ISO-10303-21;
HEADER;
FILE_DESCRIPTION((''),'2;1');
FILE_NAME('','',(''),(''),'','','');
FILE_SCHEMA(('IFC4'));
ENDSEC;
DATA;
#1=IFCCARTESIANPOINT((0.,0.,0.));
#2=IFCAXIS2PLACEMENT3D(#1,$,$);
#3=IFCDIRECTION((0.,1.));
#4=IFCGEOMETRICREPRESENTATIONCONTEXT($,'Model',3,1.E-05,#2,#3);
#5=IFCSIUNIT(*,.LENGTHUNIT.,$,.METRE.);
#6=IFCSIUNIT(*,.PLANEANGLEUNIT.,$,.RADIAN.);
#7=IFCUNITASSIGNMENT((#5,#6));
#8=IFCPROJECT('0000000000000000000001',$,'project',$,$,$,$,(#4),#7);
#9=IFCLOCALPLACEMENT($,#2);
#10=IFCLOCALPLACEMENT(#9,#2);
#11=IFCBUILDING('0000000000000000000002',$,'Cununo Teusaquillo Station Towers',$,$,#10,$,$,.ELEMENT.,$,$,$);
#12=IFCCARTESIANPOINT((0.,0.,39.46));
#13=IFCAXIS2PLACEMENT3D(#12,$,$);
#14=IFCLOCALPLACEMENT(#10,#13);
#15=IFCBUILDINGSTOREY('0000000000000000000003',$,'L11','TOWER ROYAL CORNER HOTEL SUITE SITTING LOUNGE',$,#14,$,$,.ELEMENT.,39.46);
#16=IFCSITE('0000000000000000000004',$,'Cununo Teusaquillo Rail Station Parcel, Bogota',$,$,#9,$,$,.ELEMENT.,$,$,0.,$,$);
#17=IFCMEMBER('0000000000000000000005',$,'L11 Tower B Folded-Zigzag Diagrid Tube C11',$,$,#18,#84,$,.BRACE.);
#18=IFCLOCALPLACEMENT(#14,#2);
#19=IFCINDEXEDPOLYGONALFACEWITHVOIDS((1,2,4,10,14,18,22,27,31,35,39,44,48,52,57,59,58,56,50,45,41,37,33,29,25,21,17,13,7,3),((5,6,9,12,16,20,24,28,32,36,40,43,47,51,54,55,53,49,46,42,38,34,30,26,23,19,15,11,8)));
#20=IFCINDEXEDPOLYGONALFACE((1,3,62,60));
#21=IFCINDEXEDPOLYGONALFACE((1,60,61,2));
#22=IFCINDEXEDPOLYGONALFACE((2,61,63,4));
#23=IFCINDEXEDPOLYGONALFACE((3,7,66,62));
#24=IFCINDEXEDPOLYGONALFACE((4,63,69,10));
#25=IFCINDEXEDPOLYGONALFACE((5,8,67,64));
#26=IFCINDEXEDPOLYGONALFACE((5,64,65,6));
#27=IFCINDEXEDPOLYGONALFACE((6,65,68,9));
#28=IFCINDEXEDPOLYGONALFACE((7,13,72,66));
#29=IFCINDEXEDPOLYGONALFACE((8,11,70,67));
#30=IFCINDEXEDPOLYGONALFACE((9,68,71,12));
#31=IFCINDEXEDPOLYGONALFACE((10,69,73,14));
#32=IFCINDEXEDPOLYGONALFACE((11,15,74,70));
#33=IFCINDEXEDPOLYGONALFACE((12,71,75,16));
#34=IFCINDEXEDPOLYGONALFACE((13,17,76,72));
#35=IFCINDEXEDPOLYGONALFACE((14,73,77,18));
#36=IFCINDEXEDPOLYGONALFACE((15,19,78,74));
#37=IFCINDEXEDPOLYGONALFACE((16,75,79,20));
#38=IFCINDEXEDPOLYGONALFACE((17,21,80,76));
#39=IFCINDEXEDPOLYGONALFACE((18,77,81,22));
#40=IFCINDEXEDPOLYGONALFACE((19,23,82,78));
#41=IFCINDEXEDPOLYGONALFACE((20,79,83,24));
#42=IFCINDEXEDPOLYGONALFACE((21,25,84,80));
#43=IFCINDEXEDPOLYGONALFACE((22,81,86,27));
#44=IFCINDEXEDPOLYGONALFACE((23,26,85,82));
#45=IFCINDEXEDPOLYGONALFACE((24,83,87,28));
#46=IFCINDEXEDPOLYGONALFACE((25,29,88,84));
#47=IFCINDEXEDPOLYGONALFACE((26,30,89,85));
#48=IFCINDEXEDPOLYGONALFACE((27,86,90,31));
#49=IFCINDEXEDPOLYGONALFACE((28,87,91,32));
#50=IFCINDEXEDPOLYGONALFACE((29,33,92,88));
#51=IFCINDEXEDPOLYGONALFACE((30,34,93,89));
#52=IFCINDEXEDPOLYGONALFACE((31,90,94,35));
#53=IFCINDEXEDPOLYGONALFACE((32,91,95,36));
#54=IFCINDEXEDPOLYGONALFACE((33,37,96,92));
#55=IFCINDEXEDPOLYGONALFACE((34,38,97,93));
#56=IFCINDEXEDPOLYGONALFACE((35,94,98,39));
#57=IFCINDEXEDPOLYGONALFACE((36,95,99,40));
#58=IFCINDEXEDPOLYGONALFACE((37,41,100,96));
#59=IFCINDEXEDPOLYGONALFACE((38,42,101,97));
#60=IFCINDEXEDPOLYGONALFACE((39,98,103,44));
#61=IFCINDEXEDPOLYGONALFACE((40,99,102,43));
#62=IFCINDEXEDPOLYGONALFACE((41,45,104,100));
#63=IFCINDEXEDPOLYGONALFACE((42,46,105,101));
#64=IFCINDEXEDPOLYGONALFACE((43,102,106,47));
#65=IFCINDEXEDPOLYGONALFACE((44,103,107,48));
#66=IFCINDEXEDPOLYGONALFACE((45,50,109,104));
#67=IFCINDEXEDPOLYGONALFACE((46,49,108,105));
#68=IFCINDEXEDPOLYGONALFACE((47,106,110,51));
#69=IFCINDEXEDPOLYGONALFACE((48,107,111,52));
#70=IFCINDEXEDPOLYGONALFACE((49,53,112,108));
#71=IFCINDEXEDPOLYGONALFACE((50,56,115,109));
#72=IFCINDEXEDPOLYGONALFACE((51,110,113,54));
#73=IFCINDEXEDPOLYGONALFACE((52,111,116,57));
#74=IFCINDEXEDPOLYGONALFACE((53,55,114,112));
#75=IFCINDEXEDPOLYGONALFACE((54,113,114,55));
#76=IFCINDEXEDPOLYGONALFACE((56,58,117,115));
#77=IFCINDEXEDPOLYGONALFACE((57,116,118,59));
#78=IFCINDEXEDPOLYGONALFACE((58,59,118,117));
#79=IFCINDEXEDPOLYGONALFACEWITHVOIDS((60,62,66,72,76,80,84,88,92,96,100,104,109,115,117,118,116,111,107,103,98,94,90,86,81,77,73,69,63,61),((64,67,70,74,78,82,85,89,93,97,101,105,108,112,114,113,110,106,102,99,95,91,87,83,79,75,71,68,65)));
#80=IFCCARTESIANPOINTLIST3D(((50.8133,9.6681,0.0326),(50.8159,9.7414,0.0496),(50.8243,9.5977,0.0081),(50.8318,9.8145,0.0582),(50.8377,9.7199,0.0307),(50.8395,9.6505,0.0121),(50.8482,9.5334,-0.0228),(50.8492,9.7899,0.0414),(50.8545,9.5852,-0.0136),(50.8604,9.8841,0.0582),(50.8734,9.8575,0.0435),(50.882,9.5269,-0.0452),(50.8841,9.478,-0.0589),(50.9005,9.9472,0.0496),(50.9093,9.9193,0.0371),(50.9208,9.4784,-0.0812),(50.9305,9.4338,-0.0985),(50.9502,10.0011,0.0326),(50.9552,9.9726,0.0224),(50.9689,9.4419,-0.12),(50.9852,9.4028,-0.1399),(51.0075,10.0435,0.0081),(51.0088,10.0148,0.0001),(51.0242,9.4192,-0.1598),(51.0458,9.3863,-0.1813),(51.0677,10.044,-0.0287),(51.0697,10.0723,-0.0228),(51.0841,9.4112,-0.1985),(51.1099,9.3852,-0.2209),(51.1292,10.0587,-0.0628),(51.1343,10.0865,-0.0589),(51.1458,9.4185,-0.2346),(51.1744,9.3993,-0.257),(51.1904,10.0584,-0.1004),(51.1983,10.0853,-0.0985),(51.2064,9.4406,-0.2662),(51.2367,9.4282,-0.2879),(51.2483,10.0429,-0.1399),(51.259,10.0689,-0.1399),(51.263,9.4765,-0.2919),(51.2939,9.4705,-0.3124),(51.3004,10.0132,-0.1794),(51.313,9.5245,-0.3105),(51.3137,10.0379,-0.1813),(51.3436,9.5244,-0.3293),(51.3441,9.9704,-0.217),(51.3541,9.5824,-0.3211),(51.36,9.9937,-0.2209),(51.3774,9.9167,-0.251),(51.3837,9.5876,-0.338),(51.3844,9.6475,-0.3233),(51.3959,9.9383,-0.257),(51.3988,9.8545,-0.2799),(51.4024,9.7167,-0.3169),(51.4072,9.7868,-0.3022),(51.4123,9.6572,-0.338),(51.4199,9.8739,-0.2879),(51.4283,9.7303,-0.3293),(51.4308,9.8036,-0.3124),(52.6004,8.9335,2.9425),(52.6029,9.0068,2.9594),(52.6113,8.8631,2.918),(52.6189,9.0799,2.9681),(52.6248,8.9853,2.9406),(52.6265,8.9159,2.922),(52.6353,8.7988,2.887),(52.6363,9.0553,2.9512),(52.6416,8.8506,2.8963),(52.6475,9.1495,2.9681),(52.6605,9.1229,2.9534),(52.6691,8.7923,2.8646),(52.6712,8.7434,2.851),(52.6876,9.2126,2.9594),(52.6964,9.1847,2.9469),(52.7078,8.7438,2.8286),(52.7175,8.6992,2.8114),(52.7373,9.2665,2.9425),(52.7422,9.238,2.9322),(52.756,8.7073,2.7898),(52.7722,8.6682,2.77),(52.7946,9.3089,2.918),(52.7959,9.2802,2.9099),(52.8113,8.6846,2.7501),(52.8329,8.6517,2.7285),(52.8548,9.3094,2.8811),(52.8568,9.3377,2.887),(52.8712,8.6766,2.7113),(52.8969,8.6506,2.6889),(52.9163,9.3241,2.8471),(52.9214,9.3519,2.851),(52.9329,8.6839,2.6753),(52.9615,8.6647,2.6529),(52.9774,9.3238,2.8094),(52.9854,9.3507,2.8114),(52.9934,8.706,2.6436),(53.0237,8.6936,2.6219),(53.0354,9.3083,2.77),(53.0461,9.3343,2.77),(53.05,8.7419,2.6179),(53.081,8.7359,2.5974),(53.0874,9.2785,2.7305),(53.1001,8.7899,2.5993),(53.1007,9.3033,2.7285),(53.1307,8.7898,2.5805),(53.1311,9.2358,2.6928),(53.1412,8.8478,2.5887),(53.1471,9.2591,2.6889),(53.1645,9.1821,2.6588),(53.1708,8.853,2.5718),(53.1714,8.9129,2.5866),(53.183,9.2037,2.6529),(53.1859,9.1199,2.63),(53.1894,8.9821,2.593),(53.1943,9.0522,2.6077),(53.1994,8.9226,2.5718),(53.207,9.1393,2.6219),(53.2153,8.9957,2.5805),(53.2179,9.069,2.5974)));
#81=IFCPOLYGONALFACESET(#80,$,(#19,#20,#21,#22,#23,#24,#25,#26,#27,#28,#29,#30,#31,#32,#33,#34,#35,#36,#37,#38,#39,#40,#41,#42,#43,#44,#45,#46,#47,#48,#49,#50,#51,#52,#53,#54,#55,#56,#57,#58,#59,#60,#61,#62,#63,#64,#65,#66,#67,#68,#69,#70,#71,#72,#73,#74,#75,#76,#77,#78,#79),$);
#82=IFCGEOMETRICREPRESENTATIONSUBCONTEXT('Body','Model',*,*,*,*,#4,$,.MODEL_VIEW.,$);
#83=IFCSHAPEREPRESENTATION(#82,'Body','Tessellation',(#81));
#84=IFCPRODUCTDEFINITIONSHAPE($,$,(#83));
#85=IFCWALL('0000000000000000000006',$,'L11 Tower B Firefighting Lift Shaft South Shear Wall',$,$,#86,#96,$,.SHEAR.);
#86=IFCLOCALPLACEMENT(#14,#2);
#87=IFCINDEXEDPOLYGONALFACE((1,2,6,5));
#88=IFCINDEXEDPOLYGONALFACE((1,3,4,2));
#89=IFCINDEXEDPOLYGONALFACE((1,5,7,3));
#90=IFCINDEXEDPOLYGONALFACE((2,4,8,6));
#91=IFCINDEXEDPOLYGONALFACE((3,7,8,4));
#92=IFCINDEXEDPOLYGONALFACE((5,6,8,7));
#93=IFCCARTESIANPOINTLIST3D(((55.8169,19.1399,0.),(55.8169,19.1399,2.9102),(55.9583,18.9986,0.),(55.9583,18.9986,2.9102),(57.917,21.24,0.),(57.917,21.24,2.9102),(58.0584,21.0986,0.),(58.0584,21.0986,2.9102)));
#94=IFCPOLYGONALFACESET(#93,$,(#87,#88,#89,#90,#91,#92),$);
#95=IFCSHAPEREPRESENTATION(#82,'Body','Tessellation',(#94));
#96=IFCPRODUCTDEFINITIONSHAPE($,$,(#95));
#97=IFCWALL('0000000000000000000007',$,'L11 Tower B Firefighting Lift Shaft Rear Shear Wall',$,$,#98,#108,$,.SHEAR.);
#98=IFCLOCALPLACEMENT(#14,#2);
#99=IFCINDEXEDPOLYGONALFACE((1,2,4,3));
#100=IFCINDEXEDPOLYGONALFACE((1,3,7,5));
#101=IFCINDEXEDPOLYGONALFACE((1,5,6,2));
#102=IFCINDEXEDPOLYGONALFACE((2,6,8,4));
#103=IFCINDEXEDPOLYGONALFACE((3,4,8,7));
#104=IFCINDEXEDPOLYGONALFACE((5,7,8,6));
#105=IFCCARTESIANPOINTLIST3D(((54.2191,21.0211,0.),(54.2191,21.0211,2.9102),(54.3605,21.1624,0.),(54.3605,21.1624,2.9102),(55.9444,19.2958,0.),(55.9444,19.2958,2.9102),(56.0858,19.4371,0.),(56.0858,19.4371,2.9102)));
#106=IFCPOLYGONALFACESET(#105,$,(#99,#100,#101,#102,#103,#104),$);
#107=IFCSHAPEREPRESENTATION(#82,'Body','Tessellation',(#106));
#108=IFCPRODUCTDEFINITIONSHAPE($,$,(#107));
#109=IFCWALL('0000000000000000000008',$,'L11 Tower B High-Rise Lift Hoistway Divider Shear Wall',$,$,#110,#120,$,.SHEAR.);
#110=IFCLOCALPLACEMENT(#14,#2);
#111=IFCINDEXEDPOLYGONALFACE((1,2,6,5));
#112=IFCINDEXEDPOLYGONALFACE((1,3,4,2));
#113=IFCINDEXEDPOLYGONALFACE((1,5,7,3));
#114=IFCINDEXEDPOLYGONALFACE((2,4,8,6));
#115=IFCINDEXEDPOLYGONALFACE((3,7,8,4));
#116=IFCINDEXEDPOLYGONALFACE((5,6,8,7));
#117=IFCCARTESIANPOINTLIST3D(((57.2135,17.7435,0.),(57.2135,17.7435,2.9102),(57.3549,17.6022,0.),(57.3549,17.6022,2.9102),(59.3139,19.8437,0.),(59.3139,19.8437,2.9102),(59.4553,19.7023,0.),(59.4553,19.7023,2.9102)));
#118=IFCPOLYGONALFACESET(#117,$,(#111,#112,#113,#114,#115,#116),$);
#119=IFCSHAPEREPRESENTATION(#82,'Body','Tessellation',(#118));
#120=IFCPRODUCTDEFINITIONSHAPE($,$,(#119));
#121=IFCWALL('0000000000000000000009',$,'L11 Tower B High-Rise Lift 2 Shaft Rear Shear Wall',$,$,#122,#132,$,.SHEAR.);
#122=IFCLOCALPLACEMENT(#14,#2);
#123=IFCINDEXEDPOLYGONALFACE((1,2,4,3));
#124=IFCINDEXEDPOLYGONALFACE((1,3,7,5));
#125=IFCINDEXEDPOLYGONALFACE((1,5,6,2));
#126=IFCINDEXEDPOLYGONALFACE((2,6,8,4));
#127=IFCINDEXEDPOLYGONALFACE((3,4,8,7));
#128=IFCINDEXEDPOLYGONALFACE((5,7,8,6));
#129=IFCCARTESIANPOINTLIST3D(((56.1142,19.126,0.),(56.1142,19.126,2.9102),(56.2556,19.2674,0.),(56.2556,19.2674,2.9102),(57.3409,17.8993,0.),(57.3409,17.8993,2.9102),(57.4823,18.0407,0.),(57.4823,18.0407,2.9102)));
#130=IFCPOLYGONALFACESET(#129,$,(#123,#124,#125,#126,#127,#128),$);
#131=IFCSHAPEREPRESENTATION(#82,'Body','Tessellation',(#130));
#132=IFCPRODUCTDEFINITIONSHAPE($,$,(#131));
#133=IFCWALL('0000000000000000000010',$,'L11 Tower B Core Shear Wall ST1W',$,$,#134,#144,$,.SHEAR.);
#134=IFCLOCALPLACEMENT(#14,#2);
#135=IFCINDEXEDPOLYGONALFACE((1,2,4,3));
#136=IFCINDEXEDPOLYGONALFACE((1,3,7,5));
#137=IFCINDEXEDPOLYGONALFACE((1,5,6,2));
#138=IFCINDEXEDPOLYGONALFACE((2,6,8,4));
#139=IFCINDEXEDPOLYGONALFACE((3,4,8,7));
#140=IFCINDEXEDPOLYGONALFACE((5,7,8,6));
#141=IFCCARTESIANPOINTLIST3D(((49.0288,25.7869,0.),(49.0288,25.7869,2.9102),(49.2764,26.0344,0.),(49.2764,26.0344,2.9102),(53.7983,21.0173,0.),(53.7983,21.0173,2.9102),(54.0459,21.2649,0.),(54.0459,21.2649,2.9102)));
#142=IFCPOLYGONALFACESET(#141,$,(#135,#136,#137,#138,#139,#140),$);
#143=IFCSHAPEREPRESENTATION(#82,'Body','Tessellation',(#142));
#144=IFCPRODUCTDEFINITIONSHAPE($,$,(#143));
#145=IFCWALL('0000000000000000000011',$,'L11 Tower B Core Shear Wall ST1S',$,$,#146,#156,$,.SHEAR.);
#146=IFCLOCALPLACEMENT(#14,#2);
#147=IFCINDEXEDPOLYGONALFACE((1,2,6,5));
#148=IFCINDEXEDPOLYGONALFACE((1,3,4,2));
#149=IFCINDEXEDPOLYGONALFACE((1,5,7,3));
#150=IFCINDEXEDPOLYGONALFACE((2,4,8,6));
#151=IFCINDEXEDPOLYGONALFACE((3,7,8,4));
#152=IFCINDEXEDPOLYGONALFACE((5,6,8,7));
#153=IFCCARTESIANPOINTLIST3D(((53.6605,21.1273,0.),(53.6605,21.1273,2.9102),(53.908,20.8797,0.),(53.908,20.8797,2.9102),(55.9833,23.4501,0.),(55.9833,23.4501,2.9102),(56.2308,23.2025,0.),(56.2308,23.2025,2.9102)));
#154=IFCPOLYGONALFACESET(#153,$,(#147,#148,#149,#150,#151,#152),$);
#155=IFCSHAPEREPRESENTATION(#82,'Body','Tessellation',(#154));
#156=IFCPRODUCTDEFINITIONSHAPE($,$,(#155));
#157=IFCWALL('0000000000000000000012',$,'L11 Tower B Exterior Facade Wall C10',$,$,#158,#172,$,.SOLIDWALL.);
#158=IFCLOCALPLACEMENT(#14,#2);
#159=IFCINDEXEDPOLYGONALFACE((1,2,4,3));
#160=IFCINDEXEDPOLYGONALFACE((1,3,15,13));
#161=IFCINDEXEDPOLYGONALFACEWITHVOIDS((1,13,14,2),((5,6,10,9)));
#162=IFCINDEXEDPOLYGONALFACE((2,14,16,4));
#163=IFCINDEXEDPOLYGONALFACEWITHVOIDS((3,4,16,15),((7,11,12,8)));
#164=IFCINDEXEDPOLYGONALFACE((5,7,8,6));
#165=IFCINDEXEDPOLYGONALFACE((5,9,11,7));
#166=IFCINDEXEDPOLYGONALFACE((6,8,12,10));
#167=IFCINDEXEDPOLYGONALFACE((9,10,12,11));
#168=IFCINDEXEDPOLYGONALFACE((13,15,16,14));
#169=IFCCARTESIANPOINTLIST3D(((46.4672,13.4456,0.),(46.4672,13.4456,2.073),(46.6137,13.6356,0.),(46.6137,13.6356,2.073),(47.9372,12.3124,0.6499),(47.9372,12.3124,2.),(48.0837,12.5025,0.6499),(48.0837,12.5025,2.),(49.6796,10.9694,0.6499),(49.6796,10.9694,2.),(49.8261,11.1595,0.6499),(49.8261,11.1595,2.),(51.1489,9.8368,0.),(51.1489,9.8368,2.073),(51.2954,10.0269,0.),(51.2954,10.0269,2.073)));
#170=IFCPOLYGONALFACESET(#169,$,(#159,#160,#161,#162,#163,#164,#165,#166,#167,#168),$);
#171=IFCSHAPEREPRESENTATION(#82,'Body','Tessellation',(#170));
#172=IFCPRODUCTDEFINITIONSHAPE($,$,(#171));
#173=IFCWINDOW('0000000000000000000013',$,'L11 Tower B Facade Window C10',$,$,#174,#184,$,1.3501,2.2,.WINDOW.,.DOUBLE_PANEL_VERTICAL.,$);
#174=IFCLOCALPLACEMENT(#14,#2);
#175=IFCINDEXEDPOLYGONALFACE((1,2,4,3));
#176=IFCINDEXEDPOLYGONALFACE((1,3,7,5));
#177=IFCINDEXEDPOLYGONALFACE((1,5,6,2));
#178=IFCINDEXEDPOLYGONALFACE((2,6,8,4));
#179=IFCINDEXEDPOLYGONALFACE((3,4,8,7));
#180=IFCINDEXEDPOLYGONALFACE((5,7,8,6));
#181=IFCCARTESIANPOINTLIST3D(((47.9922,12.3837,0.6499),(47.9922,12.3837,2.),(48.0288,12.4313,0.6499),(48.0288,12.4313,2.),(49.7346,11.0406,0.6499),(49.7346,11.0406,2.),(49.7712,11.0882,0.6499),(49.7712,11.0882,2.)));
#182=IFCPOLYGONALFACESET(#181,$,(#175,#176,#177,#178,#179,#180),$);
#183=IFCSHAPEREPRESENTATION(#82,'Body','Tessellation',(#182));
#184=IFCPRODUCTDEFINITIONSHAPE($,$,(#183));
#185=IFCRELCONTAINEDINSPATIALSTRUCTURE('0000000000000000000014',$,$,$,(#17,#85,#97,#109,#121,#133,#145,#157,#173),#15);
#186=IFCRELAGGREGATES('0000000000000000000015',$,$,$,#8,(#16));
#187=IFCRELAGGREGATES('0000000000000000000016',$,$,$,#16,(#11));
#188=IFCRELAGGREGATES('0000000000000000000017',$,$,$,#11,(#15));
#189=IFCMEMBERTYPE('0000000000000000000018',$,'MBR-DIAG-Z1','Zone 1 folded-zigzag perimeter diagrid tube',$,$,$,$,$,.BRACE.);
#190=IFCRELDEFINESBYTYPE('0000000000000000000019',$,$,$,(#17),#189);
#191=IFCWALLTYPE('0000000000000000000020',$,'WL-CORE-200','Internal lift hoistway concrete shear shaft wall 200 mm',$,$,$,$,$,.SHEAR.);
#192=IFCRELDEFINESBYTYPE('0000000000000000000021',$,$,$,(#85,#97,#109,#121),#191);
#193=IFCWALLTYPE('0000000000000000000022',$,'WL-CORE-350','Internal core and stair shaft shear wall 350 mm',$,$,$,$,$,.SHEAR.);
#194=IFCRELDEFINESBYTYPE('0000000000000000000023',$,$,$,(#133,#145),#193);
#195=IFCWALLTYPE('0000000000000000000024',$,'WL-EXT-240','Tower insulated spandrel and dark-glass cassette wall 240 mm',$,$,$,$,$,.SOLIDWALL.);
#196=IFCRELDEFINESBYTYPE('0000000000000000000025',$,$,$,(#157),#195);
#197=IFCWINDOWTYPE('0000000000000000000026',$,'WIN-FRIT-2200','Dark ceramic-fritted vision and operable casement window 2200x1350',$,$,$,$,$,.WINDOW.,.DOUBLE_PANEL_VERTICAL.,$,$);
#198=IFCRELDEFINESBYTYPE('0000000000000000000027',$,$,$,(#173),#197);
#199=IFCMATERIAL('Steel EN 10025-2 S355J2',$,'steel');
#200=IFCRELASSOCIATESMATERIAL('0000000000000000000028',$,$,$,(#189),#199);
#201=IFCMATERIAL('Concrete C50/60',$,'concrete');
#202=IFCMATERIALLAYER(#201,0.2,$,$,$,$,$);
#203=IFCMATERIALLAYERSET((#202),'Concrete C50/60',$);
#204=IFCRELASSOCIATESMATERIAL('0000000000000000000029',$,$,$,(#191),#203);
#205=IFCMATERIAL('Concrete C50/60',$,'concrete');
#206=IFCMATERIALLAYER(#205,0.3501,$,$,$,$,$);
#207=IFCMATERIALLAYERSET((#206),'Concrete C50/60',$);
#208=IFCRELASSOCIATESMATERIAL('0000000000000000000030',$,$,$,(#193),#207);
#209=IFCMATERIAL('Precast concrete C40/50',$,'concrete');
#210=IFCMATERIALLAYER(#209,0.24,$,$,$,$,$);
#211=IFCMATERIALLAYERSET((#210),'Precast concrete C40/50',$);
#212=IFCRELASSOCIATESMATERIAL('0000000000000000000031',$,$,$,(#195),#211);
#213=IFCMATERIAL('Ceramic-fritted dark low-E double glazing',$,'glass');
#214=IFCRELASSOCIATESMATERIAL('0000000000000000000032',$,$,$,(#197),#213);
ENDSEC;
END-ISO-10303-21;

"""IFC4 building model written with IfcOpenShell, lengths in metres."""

from ifc_helpers import new_model, si_unit, direction, frame, frame_2d, origin, origin_2d, place, context, subcontext, project, spatial, rectangle, hollow_circle, extrude, source, transform, mapped, material, layer, layer_set, material_profile, profile_set, type_object, element, fill, save


model = new_model("IFC4")

# Units and contexts
model_context = context("Model", 3, precision=1e-05, world=origin(), true_north=direction((0.0, 1.0)))
body_context = subcontext(model_context, "Body", "Model", "MODEL_VIEW")
ifc_project = project(units=[si_unit("LENGTHUNIT", "METRE"), si_unit("PLANEANGLEUNIT", "RADIAN")], contexts=[model_context])

# Site, building, storey
site_placement = place(None, origin())
site = spatial("IfcSite", under=ifc_project, at=site_placement, Name="Cununo Teusaquillo Rail Station Parcel, Bogota", CompositionType="ELEMENT", RefElevation=0.0)
building_placement = place(site_placement, origin())
building = spatial("IfcBuilding", under=site, at=building_placement, Name="Cununo Teusaquillo Station Towers", CompositionType="ELEMENT")
storey_placement = place(building_placement, frame((0.0, 0.0, 39.46)))
storey = spatial("IfcBuildingStorey", under=building, at=storey_placement, Name="L11", Description="TOWER ROYAL CORNER HOTEL SUITE SITTING LOUNGE", CompositionType="ELEMENT", Elevation=39.46)

# Member
ifc_material_1 = material(Name="Steel EN 10025-2 S355J2", Category="steel")
ifc_material_profile_1 = material_profile(ifc_material_1, hollow_circle(Radius=0.3601, WallThickness=0.0281, at=origin_2d()), Name="CHS 720x28")
ifc_profile_set_1 = profile_set([ifc_material_profile_1], Name="Steel EN 10025-2 S355J2")
member_type = type_object("IfcMemberType", Name="MBR-DIAG-Z1", Description="Zone 1 folded-zigzag perimeter diagrid tube", PredefinedType="BRACE", material=ifc_profile_set_1)
member_placement = place(storey_placement, frame((51.1221, 9.7358, -0.1399), z_axis=(0.511627, -0.210312, 0.833071), x_axis=(0.380197, 0.924906, 0.0)))
element("IfcMember", 1, at=member_placement, inside=storey, type_object=member_type, Name="L11 Tower B Folded-Zigzag Diagrid Tube C11", PredefinedType="BRACE", context=body_context, shape_type="SweptSolid", body=[
    extrude(hollow_circle(Radius=0.3601, WallThickness=0.0281, at=origin_2d()), origin(), (0.0, 0.0, 1.0), 3.4929),
])

# Walls
ifc_material_2 = material(Name="Concrete C50/60", Category="concrete")
ifc_layer_1 = layer(ifc_material_2, 0.2)
ifc_layer_set_1 = layer_set([ifc_layer_1], Name="Concrete C50/60")
wall_type_1 = type_object("IfcWallType", Name="WL-CORE-200", Description="Internal lift hoistway concrete shear shaft wall 200 mm", PredefinedType="SHEAR", material=ifc_layer_set_1)
wall_1_placement = place(storey_placement, frame((55.8877, 19.0693, 0.0), z_axis=(0.0, 0.0, 1.0), x_axis=(0.707107, 0.707107, 0.0)))
element("IfcWall", 2, at=wall_1_placement, inside=storey, type_object=wall_type_1, Name="L11 Tower B Firefighting Lift Shaft South Shear Wall", PredefinedType="SHEAR", context=body_context, shape_type="SweptSolid", body=[
    extrude(rectangle(XDim=2.97, YDim=0.2, at=frame_2d((1.4849, 0.0))), origin(), (0.0, 0.0, 1.0), 2.9102),
])
wall_2_placement = place(storey_placement, frame((56.0151, 19.3665, 0.0), z_axis=(0.0, 0.0, 1.0), x_axis=(-0.707107, 0.707107, 0.0)))
element("IfcWall", 3, at=wall_2_placement, inside=storey, type_object=wall_type_1, Name="L11 Tower B Firefighting Lift Shaft Rear Shear Wall", PredefinedType="SHEAR", context=body_context, shape_type="SweptSolid", body=[
    extrude(rectangle(XDim=2.4399, YDim=0.2, at=frame_2d((1.22, 0.0))), origin(), (0.0, 0.0, 1.0), 2.9102),
])
wall_3_placement = place(storey_placement, frame((57.2842, 17.6729, 0.0), z_axis=(0.0, 0.0, 1.0), x_axis=(0.707148, 0.707066, 0.0)))
element("IfcWall", 4, at=wall_3_placement, inside=storey, type_object=wall_type_1, Name="L11 Tower B High-Rise Lift Hoistway Divider Shear Wall", PredefinedType="SHEAR", context=body_context, shape_type="SweptSolid", body=[
    extrude(rectangle(XDim=2.9702, YDim=0.2, at=frame_2d((1.4851, 0.0))), origin(), (0.0, 0.0, 1.0), 2.9102),
])
wall_4_placement = place(storey_placement, frame((57.4116, 17.97, 0.0), z_axis=(0.0, 0.0, 1.0), x_axis=(-0.707107, 0.707107, 0.0)))
element("IfcWall", 5, at=wall_4_placement, inside=storey, type_object=wall_type_1, Name="L11 Tower B High-Rise Lift 2 Shaft Rear Shear Wall", PredefinedType="SHEAR", context=body_context, shape_type="SweptSolid", body=[
    extrude(rectangle(XDim=1.7349, YDim=0.2, at=frame_2d((0.8674, 0.0))), origin(), (0.0, 0.0, 1.0), 2.9102),
])
ifc_material_3 = material(Name="Concrete C50/60", Category="concrete")
ifc_layer_2 = layer(ifc_material_3, 0.3501)
ifc_layer_set_2 = layer_set([ifc_layer_2], Name="Concrete C50/60")
wall_type_2 = type_object("IfcWallType", Name="WL-CORE-350", Description="Internal core and stair shaft shear wall 350 mm", PredefinedType="SHEAR", material=ifc_layer_set_2)
wall_5_placement = place(storey_placement, frame((53.9221, 21.1411, 0.0), z_axis=(0.0, 0.0, 1.0), x_axis=(-0.707107, 0.707107, 0.0)))
element("IfcWall", 6, at=wall_5_placement, inside=storey, type_object=wall_type_2, Name="L11 Tower B Core Shear Wall ST1W", PredefinedType="SHEAR", context=body_context, shape_type="SweptSolid", body=[
    extrude(rectangle(XDim=6.7451, YDim=0.3501, at=frame_2d((3.3726, 0.0))), origin(), (0.0, 0.0, 1.0), 2.9102),
])
wall_6_placement = place(storey_placement, frame((53.7842, 21.0034, 0.0), z_axis=(0.0, 0.0, 1.0), x_axis=(0.707107, 0.707107, 0.0)))
element("IfcWall", 7, at=wall_6_placement, inside=storey, type_object=wall_type_2, Name="L11 Tower B Core Shear Wall ST1S", PredefinedType="SHEAR", context=body_context, shape_type="SweptSolid", body=[
    extrude(rectangle(XDim=3.2849, YDim=0.3501, at=frame_2d((1.6426, 0.0))), origin(), (0.0, 0.0, 1.0), 2.9102),
])

# Wall, opening, window
ifc_material_4 = material(Name="Precast concrete C40/50", Category="concrete")
ifc_layer_3 = layer(ifc_material_4, 0.24)
ifc_layer_set_3 = layer_set([ifc_layer_3], Name="Precast concrete C40/50")
wall_type_3 = type_object("IfcWallType", Name="WL-EXT-240", Description="Tower insulated spandrel and dark-glass cassette wall 240 mm", PredefinedType="SOLIDWALL", material=ifc_layer_set_3)
wall_7_placement = place(storey_placement, frame((51.2222, 9.9319, 0.0), z_axis=(0.0, 0.0, 1.0), x_axis=(-0.79202, 0.610495, 0.0)))
wall_7 = element("IfcWall", 8, at=wall_7_placement, inside=storey, type_object=wall_type_3, Name="L11 Tower B Exterior Facade Wall C10", PredefinedType="SOLIDWALL", context=body_context, shape_type="SweptSolid", body=[
    extrude(rectangle(XDim=5.9111, YDim=0.24, at=frame_2d((2.9556, 0.0))), origin(), (0.0, 0.0, 1.0), 2.073),
])
shared_shape_1 = source(origin(), body_context, "Body", "SweptSolid", [
    extrude(rectangle(XDim=2.2, YDim=1.3501, at=frame_2d((1.1001, 0.675))), frame((0.0, 0.1299, 0.0), z_axis=(0.0, -1.0, 0.0), x_axis=(1.0, 0.0, 0.0)), (0.0, 0.0, 1.0), 0.26),
])
opening_1_placement = place(wall_7_placement, frame((1.855, 0.0, 0.6499)))
opening_1 = element("IfcOpeningElement", 9, at=opening_1_placement, cuts=wall_7, PredefinedType="OPENING", context=body_context, shape_type="MappedRepresentation", body=[
    mapped(shared_shape_1, transform((0.0, 0.0, 0.0), x_axis=(1.0, 0.0, 0.0), y_axis=(0.0, 1.0, 0.0), z_axis=(0.0, 0.0, 1.0), scale=1.0)),
])
ifc_material_5 = material(Name="Ceramic-fritted dark low-E double glazing", Category="glass")
window_type = type_object("IfcWindowType", Name="WIN-FRIT-2200", Description="Dark ceramic-fritted vision and operable casement window 2200x1350", PartitioningType="DOUBLE_PANEL_VERTICAL", PredefinedType="WINDOW", material=ifc_material_5)
shared_shape_2 = source(origin(), body_context, "Body", "SweptSolid", [
    extrude(rectangle(XDim=2.2, YDim=1.3501, at=frame_2d((1.1001, 0.675))), frame((0.0, 0.03, 0.0), z_axis=(0.0, -1.0, 0.0), x_axis=(1.0, 0.0, 0.0)), (0.0, 0.0, 1.0), 0.0601),
])
window_placement = place(opening_1_placement, origin())
window = element("IfcWindow", 10, at=window_placement, inside=storey, type_object=window_type, Name="L11 Tower B Facade Window C10", OverallHeight=1.3501, OverallWidth=2.2, PartitioningType="DOUBLE_PANEL_VERTICAL", PredefinedType="WINDOW", context=body_context, shape_type="MappedRepresentation", body=[
    mapped(shared_shape_2, transform((0.0, 0.0, 0.0), x_axis=(1.0, 0.0, 0.0), y_axis=(0.0, 1.0, 0.0), z_axis=(0.0, 0.0, 1.0), scale=1.0)),
])
fill(opening_1, window)

save(model, "model.ifc")
